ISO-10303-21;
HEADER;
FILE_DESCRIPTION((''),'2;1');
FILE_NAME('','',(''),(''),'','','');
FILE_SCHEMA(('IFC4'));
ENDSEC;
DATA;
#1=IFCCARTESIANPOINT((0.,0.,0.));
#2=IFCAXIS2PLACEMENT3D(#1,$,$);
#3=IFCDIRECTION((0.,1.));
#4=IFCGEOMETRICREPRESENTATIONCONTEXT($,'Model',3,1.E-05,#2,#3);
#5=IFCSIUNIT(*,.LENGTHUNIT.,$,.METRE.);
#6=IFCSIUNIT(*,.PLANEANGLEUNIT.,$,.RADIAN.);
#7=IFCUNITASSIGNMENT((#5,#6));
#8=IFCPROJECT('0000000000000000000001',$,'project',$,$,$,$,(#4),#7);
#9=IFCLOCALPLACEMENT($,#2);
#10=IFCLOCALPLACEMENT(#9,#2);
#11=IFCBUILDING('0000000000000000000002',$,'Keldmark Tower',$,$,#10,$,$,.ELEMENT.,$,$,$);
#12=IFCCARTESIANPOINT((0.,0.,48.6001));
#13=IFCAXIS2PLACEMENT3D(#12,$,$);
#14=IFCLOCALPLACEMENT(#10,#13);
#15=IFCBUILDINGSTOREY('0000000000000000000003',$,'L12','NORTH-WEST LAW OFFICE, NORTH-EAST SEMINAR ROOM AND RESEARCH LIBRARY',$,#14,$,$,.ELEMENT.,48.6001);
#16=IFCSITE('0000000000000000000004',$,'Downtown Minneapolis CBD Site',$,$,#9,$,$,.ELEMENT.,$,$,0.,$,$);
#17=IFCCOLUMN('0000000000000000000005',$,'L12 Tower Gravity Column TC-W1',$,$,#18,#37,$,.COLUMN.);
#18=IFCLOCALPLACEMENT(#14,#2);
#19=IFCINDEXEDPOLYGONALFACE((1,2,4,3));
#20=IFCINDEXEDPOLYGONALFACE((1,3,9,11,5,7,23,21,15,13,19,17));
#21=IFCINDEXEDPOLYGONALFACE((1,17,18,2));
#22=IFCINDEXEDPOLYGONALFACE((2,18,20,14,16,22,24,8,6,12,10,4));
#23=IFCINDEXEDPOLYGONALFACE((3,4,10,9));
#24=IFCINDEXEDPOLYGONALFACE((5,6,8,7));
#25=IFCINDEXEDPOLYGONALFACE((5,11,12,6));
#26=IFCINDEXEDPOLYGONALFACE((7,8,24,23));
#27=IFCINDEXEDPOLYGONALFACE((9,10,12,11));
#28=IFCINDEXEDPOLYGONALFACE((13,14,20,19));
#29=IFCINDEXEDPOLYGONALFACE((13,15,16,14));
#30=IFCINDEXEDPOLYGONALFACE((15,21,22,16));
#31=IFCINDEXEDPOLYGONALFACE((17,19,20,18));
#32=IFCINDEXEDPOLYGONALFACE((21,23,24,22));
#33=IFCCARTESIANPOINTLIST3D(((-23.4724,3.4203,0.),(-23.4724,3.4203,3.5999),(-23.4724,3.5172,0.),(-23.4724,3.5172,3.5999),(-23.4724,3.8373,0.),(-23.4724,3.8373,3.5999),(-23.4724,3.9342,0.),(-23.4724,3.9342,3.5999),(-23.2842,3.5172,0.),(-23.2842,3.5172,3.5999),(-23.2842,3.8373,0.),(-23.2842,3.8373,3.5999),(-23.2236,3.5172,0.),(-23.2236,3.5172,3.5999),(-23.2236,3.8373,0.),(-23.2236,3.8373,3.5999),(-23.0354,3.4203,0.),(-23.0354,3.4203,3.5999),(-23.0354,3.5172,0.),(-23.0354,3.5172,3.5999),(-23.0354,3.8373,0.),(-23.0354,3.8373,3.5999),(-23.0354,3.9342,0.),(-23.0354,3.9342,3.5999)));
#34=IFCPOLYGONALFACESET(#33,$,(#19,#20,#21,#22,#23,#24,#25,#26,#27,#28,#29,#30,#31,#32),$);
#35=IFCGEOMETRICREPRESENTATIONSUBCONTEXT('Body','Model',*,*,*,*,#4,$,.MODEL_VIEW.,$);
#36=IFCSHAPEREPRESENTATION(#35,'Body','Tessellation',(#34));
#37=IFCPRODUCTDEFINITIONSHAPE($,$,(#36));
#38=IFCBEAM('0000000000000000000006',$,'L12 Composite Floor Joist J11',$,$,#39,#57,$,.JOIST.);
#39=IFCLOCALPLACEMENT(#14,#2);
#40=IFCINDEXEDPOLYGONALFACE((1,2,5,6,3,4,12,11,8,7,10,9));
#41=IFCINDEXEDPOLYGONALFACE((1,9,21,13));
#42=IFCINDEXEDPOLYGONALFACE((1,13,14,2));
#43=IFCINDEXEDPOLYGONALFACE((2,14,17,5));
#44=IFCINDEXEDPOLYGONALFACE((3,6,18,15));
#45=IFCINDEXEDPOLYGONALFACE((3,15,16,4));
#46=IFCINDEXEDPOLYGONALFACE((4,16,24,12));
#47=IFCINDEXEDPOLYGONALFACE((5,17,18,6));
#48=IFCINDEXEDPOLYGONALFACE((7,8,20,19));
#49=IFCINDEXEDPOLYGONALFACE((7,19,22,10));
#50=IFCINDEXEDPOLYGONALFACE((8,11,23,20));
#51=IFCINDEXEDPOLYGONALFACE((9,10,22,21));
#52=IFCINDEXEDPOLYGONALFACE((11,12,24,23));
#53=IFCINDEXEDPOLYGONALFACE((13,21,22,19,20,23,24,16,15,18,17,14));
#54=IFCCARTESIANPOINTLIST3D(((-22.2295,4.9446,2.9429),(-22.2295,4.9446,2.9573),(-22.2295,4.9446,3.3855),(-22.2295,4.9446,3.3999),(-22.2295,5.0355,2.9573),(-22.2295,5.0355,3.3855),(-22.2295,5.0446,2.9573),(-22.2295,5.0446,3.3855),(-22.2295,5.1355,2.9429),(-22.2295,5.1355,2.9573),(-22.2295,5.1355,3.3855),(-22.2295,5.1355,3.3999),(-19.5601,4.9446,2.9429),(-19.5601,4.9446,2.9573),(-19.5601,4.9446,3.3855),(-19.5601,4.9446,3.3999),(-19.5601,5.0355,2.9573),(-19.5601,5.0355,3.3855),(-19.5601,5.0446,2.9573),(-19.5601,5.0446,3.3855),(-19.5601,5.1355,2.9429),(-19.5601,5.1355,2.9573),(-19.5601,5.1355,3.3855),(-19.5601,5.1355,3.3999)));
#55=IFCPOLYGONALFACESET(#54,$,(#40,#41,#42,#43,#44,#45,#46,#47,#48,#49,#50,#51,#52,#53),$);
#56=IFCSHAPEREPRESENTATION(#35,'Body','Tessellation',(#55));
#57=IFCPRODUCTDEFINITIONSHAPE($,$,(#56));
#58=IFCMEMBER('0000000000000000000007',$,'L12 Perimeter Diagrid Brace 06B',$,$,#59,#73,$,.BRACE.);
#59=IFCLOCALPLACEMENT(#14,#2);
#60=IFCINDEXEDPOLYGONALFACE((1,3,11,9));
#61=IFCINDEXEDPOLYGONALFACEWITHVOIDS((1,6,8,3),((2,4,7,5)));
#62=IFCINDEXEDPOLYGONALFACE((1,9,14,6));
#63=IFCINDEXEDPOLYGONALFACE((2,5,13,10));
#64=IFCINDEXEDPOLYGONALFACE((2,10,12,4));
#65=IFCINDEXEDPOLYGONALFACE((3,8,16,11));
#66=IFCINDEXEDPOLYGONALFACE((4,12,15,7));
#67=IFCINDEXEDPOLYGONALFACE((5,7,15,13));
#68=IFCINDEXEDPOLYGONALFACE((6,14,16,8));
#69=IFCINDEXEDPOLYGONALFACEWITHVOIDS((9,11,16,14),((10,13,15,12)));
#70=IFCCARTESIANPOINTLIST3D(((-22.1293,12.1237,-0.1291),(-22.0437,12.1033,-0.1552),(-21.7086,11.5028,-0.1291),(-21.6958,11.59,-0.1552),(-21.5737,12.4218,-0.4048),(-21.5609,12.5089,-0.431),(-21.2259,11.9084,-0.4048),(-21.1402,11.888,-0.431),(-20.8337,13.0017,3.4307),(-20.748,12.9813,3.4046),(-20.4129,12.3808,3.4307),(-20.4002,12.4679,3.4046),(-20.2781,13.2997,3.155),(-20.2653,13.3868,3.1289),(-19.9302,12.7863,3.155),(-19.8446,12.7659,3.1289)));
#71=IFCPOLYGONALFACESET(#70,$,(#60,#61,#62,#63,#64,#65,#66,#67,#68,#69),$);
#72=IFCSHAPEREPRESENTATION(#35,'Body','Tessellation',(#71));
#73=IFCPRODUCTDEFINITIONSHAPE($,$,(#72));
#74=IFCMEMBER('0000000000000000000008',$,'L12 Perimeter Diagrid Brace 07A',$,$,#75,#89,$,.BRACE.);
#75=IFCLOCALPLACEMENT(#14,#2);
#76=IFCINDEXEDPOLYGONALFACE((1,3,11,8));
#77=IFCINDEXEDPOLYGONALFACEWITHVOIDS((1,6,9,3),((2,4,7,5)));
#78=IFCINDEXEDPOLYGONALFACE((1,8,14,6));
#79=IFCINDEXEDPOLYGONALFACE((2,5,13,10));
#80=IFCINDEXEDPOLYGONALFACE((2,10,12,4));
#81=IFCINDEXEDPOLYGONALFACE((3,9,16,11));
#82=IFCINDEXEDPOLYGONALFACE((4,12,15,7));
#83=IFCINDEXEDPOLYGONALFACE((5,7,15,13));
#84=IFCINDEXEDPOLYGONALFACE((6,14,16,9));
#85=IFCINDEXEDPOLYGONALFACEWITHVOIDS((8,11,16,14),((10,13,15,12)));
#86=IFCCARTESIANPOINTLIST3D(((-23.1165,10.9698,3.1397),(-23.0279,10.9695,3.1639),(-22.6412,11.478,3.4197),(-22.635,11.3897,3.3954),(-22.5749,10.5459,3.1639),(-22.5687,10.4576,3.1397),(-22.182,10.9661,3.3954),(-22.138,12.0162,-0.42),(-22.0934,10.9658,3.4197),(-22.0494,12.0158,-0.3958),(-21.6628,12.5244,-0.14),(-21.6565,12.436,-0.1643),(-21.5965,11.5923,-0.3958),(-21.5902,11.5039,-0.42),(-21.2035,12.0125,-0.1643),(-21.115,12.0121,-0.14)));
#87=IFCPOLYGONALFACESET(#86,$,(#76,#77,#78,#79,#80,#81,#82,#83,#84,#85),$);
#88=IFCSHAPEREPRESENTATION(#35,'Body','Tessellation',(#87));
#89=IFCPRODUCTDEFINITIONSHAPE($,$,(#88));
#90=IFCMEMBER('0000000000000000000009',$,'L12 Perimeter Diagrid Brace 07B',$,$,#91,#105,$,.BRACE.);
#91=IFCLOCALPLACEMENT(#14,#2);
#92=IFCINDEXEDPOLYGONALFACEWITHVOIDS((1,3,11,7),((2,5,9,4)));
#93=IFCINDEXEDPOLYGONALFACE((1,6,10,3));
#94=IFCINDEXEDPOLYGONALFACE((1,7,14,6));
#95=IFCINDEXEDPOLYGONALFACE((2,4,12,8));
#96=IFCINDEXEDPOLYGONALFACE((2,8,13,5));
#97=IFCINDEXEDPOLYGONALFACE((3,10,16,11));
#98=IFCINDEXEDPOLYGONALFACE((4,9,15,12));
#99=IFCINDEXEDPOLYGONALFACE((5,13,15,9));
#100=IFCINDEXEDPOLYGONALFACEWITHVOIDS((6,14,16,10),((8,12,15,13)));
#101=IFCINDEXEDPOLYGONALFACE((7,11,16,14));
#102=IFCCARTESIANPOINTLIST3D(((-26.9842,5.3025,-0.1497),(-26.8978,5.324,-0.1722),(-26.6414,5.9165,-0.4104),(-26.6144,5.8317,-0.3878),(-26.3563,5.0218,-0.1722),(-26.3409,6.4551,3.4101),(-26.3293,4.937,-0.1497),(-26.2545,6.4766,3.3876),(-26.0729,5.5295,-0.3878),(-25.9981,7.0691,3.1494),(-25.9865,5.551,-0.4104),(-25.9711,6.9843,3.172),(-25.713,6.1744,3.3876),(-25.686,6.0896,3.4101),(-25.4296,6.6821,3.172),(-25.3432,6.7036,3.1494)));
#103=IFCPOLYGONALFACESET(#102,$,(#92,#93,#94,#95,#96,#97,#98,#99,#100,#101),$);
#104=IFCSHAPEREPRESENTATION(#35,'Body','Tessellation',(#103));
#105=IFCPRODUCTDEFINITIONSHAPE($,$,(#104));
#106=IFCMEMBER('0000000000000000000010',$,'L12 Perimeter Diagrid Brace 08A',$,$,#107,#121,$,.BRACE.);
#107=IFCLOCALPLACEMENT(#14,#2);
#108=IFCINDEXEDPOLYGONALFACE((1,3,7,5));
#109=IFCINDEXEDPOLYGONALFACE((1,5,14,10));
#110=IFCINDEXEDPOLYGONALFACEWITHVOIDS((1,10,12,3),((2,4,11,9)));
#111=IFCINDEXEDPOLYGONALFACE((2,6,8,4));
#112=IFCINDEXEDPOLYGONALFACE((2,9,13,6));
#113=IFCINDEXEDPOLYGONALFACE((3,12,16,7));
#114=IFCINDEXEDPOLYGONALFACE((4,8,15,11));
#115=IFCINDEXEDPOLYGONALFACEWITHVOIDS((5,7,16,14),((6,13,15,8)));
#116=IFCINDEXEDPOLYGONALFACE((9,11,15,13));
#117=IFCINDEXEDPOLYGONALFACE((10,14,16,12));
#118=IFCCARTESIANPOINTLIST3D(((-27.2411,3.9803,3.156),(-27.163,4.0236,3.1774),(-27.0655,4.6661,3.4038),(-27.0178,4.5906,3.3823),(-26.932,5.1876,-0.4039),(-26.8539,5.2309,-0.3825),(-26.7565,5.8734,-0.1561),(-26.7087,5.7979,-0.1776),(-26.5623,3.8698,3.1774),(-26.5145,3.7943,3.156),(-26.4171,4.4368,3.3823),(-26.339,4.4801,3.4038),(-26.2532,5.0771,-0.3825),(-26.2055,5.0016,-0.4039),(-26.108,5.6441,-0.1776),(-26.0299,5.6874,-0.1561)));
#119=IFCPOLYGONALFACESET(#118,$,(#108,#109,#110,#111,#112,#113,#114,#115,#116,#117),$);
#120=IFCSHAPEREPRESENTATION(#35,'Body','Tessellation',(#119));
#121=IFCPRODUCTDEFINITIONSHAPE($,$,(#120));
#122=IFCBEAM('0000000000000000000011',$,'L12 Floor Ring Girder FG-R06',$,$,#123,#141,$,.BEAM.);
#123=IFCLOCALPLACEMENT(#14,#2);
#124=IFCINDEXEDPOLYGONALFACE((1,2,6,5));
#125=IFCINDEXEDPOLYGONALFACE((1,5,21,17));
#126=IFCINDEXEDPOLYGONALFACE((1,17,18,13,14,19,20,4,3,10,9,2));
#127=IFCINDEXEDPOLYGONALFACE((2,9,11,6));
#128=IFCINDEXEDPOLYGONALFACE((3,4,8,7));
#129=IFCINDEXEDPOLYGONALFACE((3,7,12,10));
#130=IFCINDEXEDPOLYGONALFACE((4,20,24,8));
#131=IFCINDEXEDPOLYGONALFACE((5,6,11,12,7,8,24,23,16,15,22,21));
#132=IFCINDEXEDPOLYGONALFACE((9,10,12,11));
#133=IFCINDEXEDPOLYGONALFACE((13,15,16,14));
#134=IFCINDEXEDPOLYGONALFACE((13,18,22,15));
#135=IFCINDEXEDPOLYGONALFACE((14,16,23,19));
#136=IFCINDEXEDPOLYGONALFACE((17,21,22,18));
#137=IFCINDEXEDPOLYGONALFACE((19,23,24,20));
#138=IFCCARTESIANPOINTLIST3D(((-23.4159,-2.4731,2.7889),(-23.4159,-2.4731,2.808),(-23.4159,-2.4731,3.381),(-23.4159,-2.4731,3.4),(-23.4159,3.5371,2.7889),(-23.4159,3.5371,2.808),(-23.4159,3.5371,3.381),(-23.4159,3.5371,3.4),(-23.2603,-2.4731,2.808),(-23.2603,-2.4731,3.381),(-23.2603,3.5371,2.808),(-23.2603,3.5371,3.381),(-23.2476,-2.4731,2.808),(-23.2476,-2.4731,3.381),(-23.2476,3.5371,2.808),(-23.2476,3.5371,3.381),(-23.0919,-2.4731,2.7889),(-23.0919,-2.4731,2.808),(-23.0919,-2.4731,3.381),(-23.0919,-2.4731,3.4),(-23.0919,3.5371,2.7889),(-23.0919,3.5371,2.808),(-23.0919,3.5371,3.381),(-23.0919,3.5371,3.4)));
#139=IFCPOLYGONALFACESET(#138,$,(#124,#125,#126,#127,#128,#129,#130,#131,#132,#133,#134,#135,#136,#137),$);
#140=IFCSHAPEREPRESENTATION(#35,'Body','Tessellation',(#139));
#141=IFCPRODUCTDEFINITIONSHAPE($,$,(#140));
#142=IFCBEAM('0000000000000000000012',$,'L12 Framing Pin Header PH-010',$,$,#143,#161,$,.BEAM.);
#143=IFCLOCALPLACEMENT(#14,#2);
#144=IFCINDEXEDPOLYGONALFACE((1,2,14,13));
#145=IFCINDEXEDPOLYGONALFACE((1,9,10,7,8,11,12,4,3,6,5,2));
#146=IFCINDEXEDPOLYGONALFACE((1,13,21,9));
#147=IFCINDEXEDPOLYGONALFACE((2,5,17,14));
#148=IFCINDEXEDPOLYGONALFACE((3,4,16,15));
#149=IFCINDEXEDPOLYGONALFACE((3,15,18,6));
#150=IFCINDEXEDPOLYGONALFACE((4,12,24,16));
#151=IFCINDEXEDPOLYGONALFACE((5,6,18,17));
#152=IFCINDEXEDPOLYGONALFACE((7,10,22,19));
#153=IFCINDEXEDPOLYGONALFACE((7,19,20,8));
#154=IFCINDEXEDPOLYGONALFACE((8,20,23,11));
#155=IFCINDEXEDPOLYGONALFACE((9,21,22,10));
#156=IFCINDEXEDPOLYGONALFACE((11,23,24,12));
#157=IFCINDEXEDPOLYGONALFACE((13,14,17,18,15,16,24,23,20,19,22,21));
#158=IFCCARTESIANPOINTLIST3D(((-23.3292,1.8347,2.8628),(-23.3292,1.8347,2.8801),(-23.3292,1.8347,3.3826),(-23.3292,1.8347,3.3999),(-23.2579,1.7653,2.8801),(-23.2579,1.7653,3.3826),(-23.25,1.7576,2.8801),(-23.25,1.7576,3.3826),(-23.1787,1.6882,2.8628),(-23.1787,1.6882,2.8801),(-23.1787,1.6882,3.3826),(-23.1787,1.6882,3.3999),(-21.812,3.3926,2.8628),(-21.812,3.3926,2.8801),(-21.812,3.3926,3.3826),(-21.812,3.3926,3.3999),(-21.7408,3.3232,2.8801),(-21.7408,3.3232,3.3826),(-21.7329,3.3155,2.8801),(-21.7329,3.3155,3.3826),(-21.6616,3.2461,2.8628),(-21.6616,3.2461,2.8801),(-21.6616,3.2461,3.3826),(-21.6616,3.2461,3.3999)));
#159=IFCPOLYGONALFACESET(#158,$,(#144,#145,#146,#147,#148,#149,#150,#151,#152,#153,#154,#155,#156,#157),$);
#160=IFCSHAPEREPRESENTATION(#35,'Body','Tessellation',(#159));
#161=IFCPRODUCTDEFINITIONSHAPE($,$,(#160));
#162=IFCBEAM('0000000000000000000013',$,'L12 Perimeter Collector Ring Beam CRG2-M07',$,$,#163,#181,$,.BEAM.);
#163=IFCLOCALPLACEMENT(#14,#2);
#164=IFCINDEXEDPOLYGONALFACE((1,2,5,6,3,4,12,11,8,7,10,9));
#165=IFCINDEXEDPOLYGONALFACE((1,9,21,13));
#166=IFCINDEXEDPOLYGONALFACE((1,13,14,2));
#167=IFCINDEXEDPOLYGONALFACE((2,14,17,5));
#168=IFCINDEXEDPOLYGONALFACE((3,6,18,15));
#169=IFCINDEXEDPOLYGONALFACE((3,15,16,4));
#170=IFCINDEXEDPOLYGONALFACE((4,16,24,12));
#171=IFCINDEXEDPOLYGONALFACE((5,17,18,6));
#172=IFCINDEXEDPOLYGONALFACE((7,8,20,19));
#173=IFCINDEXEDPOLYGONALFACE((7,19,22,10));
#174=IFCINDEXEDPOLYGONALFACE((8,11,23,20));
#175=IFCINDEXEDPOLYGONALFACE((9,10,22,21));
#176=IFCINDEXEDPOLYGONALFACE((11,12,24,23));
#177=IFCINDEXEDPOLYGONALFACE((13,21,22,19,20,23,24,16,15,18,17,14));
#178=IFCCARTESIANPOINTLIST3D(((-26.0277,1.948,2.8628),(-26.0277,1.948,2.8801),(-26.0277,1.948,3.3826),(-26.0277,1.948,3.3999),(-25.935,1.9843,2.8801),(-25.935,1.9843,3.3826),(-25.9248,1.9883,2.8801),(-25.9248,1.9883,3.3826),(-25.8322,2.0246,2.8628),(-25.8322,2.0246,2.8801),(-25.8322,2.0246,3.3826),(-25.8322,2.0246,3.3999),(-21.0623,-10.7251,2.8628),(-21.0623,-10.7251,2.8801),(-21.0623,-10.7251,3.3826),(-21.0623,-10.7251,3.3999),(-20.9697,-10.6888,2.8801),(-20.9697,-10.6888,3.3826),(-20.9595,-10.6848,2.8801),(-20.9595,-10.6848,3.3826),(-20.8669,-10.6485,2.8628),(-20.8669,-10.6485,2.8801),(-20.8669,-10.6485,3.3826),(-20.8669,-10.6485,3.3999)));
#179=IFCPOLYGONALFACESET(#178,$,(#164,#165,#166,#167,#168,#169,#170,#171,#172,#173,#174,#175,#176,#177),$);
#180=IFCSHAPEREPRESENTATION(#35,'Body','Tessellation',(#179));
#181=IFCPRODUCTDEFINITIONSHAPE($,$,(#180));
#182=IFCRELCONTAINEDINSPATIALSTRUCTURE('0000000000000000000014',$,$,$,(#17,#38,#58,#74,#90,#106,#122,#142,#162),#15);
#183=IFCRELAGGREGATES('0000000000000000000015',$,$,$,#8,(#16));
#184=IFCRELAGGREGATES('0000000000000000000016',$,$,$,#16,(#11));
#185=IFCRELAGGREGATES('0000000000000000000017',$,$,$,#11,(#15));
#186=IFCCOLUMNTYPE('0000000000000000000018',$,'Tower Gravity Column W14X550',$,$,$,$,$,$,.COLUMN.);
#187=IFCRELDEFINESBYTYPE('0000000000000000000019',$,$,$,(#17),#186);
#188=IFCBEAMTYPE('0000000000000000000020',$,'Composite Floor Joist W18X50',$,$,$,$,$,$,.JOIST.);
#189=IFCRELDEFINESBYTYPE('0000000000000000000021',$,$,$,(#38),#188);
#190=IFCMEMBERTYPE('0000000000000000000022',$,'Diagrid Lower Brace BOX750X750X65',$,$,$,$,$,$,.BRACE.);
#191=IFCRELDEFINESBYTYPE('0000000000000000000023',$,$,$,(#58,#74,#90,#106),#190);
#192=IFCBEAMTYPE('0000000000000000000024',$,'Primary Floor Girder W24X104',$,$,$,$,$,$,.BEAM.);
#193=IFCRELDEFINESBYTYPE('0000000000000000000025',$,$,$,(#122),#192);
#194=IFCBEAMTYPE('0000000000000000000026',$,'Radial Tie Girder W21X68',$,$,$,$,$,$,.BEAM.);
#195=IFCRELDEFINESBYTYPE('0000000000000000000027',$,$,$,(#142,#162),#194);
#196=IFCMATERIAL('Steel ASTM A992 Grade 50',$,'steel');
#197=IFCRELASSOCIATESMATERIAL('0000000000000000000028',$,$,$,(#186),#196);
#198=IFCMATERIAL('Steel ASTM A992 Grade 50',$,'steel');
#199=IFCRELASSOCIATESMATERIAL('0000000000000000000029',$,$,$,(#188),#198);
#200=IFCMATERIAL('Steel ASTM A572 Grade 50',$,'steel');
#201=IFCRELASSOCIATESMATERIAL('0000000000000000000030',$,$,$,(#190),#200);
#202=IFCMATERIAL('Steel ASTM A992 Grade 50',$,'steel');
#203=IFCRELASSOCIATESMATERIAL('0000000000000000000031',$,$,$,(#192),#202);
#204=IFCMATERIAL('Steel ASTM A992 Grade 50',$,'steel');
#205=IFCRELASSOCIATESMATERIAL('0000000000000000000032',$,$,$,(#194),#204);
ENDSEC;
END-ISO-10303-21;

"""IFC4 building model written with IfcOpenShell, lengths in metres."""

from ifc_helpers import new_model, si_unit, direction, frame, origin, origin_2d, place, context, subcontext, project, spatial, hollow_rectangle, i_section, extrude, material, material_profile, profile_set, type_object, element, save


model = new_model("IFC4")

# Units and contexts
model_context = context("Model", 3, precision=1e-05, world=origin(), true_north=direction((0.0, 1.0)))
body_context = subcontext(model_context, "Body", "Model", "MODEL_VIEW")
ifc_project = project(units=[si_unit("LENGTHUNIT", "METRE"), si_unit("PLANEANGLEUNIT", "RADIAN")], contexts=[model_context])

# Site, building, storey
site_placement = place(None, origin())
site = spatial("IfcSite", under=ifc_project, at=site_placement, Name="Downtown Minneapolis CBD Site", CompositionType="ELEMENT", RefElevation=0.0)
building_placement = place(site_placement, origin())
building = spatial("IfcBuilding", under=site, at=building_placement, Name="Keldmark Tower", CompositionType="ELEMENT")
storey_placement = place(building_placement, frame((0.0, 0.0, 48.6001)))
storey = spatial("IfcBuildingStorey", under=building, at=storey_placement, Name="L12", Description="NORTH-WEST LAW OFFICE, NORTH-EAST SEMINAR ROOM AND RESEARCH LIBRARY", CompositionType="ELEMENT", Elevation=48.6001)

# Column
ifc_material_1 = material(Name="Steel ASTM A992 Grade 50", Category="steel")
ifc_material_profile_1 = material_profile(ifc_material_1, i_section(OverallWidth=0.437, OverallDepth=0.5139, WebThickness=0.0605, FlangeThickness=0.0969, at=origin_2d()), Name="W14X550")
ifc_profile_set_1 = profile_set([ifc_material_profile_1], Name="Steel ASTM A992 Grade 50")
column_type = type_object("IfcColumnType", Name="Tower Gravity Column W14X550", PredefinedType="COLUMN", material=ifc_profile_set_1)
column_placement = place(storey_placement, frame((-23.2539, 3.6772, 0.0), z_axis=(0.0, 0.0, 1.0), x_axis=(1.0, 0.0, 0.0)))
element("IfcColumn", 1, at=column_placement, inside=storey, type_object=column_type, Name="L12 Tower Gravity Column TC-W1", PredefinedType="COLUMN", context=body_context, shape_type="SweptSolid", body=[
    extrude(i_section(OverallWidth=0.437, OverallDepth=0.5139, WebThickness=0.0605, FlangeThickness=0.0969, at=origin_2d()), origin(), (0.0, 0.0, 1.0), 3.5999),
])

# Beam
ifc_material_2 = material(Name="Steel ASTM A992 Grade 50", Category="steel")
ifc_material_profile_2 = material_profile(ifc_material_2, i_section(OverallWidth=0.1909, OverallDepth=0.457, WebThickness=0.009, FlangeThickness=0.0144, at=origin_2d()), Name="W18X50")
ifc_profile_set_2 = profile_set([ifc_material_profile_2], Name="Steel ASTM A992 Grade 50")
beam_type_1 = type_object("IfcBeamType", Name="Composite Floor Joist W18X50", PredefinedType="JOIST", material=ifc_profile_set_2)
beam_1_placement = place(storey_placement, frame((-22.2295, 5.04, 3.1714), z_axis=(1.0, 0.0, 0.0), x_axis=(0.0, 1.0, 0.0)))
element("IfcBeam", 2, at=beam_1_placement, inside=storey, type_object=beam_type_1, Name="L12 Composite Floor Joist J11", PredefinedType="JOIST", context=body_context, shape_type="SweptSolid", body=[
    extrude(i_section(OverallWidth=0.1909, OverallDepth=0.457, WebThickness=0.009, FlangeThickness=0.0144, at=origin_2d()), origin(), (0.0, 0.0, 1.0), 2.6694),
])

# Members
ifc_material_3 = material(Name="Steel ASTM A572 Grade 50", Category="steel")
ifc_material_profile_3 = material_profile(ifc_material_3, hollow_rectangle(XDim=0.75, YDim=0.75, WallThickness=0.0649, at=origin_2d()), Name="BOX750X750X65")
ifc_profile_set_3 = profile_set([ifc_material_profile_3], Name="Steel ASTM A572 Grade 50")
member_type = type_object("IfcMemberType", Name="Diagrid Lower Brace BOX750X750X65", PredefinedType="BRACE", material=ifc_profile_set_3)
member_1_placement = place(storey_placement, frame((-21.6348, 12.0059, -0.28), z_axis=(0.333187, 0.225766, 0.915432), x_axis=(-0.560948, 0.827851, 0.0)))
element("IfcMember", 3, at=member_1_placement, inside=storey, type_object=member_type, Name="L12 Perimeter Diagrid Brace 06B", PredefinedType="BRACE", context=body_context, shape_type="SweptSolid", body=[
    extrude(hollow_rectangle(XDim=0.75, YDim=0.75, WallThickness=0.0649, at=origin_2d()), origin(), (0.0, 0.0, 1.0), 3.8887),
])
member_2_placement = place(storey_placement, frame((-21.6265, 12.0142, -0.28), z_axis=(-0.255003, -0.27269, 0.927693), x_axis=(0.730398, -0.683022, 0.0)))
element("IfcMember", 4, at=member_2_placement, inside=storey, type_object=member_type, Name="L12 Perimeter Diagrid Brace 07A", PredefinedType="BRACE", context=body_context, shape_type="SweptSolid", body=[
    extrude(hollow_rectangle(XDim=0.75, YDim=0.75, WallThickness=0.0649, at=origin_2d()), origin(), (0.0, 0.0, 1.0), 3.8372),
])
member_3_placement = place(storey_placement, frame((-26.4854, 5.4268, -0.28), z_axis=(0.169441, 0.30358, 0.937619), x_axis=(-0.873196, 0.487369, 0.0)))
element("IfcMember", 5, at=member_3_placement, inside=storey, type_object=member_type, Name="L12 Perimeter Diagrid Brace 07B", PredefinedType="BRACE", context=body_context, shape_type="SweptSolid", body=[
    extrude(hollow_rectangle(XDim=0.75, YDim=0.75, WallThickness=0.0649, at=origin_2d()), origin(), (0.0, 0.0, 1.0), 3.7966),
])
member_4_placement = place(storey_placement, frame((-26.481, 5.4375, -0.28), z_axis=(-0.081949, -0.320092, 0.943835), x_axis=(0.968756, -0.248017, 0.0)))
element("IfcMember", 6, at=member_4_placement, inside=storey, type_object=member_type, Name="L12 Perimeter Diagrid Brace 08A", PredefinedType="BRACE", context=body_context, shape_type="SweptSolid", body=[
    extrude(hollow_rectangle(XDim=0.75, YDim=0.75, WallThickness=0.0649, at=origin_2d()), origin(), (0.0, 0.0, 1.0), 3.7717),
])

# Beams
ifc_material_4 = material(Name="Steel ASTM A992 Grade 50", Category="steel")
ifc_material_profile_4 = material_profile(ifc_material_4, i_section(OverallWidth=0.324, OverallDepth=0.6111, WebThickness=0.0127, FlangeThickness=0.019, at=origin_2d()), Name="W24X104")
ifc_profile_set_4 = profile_set([ifc_material_profile_4], Name="Steel ASTM A992 Grade 50")
beam_type_2 = type_object("IfcBeamType", Name="Primary Floor Girder W24X104", PredefinedType="BEAM", material=ifc_profile_set_4)
beam_2_placement = place(storey_placement, frame((-23.2539, 3.5371, 3.0945), z_axis=(0.0, -1.0, 0.0), x_axis=(1.0, 0.0, 0.0)))
element("IfcBeam", 7, at=beam_2_placement, inside=storey, type_object=beam_type_2, Name="L12 Floor Ring Girder FG-R06", PredefinedType="BEAM", context=body_context, shape_type="SweptSolid", body=[
    extrude(i_section(OverallWidth=0.324, OverallDepth=0.6111, WebThickness=0.0127, FlangeThickness=0.019, at=origin_2d()), origin(), (0.0, 0.0, 1.0), 6.0103),
])
ifc_material_5 = material(Name="Steel ASTM A992 Grade 50", Category="steel")
ifc_material_profile_5 = material_profile(ifc_material_5, i_section(OverallWidth=0.21, OverallDepth=0.5371, WebThickness=0.011, FlangeThickness=0.0173, at=origin_2d()), Name="W21X68")
ifc_profile_set_5 = profile_set([ifc_material_profile_5], Name="Steel ASTM A992 Grade 50")
beam_type_3 = type_object("IfcBeamType", Name="Radial Tie Girder W21X68", PredefinedType="BEAM", material=ifc_profile_set_5)
beam_3_placement = place(storey_placement, frame((-21.7368, 3.3193, 3.1313), z_axis=(-0.69767, -0.716419, 0.0), x_axis=(0.716419, -0.69767, 0.0)))
element("IfcBeam", 8, at=beam_3_placement, inside=storey, type_object=beam_type_3, Name="L12 Framing Pin Header PH-010", PredefinedType="BEAM", context=body_context, shape_type="SweptSolid", body=[
    extrude(i_section(OverallWidth=0.21, OverallDepth=0.5371, WebThickness=0.011, FlangeThickness=0.0173, at=origin_2d()), origin(), (0.0, 0.0, 1.0), 2.1746),
])
beam_4_placement = place(storey_placement, frame((-25.9299, 1.9863, 3.1313), z_axis=(0.3648, -0.931086, 0.0), x_axis=(0.931086, 0.3648, 0.0)))
element("IfcBeam", 9, at=beam_4_placement, inside=storey, type_object=beam_type_3, Name="L12 Perimeter Collector Ring Beam CRG2-M07", PredefinedType="BEAM", context=body_context, shape_type="SweptSolid", body=[
    extrude(i_section(OverallWidth=0.21, OverallDepth=0.5371, WebThickness=0.011, FlangeThickness=0.0173, at=origin_2d()), origin(), (0.0, 0.0, 1.0), 13.6111),
])

save(model, "model.ifc")
